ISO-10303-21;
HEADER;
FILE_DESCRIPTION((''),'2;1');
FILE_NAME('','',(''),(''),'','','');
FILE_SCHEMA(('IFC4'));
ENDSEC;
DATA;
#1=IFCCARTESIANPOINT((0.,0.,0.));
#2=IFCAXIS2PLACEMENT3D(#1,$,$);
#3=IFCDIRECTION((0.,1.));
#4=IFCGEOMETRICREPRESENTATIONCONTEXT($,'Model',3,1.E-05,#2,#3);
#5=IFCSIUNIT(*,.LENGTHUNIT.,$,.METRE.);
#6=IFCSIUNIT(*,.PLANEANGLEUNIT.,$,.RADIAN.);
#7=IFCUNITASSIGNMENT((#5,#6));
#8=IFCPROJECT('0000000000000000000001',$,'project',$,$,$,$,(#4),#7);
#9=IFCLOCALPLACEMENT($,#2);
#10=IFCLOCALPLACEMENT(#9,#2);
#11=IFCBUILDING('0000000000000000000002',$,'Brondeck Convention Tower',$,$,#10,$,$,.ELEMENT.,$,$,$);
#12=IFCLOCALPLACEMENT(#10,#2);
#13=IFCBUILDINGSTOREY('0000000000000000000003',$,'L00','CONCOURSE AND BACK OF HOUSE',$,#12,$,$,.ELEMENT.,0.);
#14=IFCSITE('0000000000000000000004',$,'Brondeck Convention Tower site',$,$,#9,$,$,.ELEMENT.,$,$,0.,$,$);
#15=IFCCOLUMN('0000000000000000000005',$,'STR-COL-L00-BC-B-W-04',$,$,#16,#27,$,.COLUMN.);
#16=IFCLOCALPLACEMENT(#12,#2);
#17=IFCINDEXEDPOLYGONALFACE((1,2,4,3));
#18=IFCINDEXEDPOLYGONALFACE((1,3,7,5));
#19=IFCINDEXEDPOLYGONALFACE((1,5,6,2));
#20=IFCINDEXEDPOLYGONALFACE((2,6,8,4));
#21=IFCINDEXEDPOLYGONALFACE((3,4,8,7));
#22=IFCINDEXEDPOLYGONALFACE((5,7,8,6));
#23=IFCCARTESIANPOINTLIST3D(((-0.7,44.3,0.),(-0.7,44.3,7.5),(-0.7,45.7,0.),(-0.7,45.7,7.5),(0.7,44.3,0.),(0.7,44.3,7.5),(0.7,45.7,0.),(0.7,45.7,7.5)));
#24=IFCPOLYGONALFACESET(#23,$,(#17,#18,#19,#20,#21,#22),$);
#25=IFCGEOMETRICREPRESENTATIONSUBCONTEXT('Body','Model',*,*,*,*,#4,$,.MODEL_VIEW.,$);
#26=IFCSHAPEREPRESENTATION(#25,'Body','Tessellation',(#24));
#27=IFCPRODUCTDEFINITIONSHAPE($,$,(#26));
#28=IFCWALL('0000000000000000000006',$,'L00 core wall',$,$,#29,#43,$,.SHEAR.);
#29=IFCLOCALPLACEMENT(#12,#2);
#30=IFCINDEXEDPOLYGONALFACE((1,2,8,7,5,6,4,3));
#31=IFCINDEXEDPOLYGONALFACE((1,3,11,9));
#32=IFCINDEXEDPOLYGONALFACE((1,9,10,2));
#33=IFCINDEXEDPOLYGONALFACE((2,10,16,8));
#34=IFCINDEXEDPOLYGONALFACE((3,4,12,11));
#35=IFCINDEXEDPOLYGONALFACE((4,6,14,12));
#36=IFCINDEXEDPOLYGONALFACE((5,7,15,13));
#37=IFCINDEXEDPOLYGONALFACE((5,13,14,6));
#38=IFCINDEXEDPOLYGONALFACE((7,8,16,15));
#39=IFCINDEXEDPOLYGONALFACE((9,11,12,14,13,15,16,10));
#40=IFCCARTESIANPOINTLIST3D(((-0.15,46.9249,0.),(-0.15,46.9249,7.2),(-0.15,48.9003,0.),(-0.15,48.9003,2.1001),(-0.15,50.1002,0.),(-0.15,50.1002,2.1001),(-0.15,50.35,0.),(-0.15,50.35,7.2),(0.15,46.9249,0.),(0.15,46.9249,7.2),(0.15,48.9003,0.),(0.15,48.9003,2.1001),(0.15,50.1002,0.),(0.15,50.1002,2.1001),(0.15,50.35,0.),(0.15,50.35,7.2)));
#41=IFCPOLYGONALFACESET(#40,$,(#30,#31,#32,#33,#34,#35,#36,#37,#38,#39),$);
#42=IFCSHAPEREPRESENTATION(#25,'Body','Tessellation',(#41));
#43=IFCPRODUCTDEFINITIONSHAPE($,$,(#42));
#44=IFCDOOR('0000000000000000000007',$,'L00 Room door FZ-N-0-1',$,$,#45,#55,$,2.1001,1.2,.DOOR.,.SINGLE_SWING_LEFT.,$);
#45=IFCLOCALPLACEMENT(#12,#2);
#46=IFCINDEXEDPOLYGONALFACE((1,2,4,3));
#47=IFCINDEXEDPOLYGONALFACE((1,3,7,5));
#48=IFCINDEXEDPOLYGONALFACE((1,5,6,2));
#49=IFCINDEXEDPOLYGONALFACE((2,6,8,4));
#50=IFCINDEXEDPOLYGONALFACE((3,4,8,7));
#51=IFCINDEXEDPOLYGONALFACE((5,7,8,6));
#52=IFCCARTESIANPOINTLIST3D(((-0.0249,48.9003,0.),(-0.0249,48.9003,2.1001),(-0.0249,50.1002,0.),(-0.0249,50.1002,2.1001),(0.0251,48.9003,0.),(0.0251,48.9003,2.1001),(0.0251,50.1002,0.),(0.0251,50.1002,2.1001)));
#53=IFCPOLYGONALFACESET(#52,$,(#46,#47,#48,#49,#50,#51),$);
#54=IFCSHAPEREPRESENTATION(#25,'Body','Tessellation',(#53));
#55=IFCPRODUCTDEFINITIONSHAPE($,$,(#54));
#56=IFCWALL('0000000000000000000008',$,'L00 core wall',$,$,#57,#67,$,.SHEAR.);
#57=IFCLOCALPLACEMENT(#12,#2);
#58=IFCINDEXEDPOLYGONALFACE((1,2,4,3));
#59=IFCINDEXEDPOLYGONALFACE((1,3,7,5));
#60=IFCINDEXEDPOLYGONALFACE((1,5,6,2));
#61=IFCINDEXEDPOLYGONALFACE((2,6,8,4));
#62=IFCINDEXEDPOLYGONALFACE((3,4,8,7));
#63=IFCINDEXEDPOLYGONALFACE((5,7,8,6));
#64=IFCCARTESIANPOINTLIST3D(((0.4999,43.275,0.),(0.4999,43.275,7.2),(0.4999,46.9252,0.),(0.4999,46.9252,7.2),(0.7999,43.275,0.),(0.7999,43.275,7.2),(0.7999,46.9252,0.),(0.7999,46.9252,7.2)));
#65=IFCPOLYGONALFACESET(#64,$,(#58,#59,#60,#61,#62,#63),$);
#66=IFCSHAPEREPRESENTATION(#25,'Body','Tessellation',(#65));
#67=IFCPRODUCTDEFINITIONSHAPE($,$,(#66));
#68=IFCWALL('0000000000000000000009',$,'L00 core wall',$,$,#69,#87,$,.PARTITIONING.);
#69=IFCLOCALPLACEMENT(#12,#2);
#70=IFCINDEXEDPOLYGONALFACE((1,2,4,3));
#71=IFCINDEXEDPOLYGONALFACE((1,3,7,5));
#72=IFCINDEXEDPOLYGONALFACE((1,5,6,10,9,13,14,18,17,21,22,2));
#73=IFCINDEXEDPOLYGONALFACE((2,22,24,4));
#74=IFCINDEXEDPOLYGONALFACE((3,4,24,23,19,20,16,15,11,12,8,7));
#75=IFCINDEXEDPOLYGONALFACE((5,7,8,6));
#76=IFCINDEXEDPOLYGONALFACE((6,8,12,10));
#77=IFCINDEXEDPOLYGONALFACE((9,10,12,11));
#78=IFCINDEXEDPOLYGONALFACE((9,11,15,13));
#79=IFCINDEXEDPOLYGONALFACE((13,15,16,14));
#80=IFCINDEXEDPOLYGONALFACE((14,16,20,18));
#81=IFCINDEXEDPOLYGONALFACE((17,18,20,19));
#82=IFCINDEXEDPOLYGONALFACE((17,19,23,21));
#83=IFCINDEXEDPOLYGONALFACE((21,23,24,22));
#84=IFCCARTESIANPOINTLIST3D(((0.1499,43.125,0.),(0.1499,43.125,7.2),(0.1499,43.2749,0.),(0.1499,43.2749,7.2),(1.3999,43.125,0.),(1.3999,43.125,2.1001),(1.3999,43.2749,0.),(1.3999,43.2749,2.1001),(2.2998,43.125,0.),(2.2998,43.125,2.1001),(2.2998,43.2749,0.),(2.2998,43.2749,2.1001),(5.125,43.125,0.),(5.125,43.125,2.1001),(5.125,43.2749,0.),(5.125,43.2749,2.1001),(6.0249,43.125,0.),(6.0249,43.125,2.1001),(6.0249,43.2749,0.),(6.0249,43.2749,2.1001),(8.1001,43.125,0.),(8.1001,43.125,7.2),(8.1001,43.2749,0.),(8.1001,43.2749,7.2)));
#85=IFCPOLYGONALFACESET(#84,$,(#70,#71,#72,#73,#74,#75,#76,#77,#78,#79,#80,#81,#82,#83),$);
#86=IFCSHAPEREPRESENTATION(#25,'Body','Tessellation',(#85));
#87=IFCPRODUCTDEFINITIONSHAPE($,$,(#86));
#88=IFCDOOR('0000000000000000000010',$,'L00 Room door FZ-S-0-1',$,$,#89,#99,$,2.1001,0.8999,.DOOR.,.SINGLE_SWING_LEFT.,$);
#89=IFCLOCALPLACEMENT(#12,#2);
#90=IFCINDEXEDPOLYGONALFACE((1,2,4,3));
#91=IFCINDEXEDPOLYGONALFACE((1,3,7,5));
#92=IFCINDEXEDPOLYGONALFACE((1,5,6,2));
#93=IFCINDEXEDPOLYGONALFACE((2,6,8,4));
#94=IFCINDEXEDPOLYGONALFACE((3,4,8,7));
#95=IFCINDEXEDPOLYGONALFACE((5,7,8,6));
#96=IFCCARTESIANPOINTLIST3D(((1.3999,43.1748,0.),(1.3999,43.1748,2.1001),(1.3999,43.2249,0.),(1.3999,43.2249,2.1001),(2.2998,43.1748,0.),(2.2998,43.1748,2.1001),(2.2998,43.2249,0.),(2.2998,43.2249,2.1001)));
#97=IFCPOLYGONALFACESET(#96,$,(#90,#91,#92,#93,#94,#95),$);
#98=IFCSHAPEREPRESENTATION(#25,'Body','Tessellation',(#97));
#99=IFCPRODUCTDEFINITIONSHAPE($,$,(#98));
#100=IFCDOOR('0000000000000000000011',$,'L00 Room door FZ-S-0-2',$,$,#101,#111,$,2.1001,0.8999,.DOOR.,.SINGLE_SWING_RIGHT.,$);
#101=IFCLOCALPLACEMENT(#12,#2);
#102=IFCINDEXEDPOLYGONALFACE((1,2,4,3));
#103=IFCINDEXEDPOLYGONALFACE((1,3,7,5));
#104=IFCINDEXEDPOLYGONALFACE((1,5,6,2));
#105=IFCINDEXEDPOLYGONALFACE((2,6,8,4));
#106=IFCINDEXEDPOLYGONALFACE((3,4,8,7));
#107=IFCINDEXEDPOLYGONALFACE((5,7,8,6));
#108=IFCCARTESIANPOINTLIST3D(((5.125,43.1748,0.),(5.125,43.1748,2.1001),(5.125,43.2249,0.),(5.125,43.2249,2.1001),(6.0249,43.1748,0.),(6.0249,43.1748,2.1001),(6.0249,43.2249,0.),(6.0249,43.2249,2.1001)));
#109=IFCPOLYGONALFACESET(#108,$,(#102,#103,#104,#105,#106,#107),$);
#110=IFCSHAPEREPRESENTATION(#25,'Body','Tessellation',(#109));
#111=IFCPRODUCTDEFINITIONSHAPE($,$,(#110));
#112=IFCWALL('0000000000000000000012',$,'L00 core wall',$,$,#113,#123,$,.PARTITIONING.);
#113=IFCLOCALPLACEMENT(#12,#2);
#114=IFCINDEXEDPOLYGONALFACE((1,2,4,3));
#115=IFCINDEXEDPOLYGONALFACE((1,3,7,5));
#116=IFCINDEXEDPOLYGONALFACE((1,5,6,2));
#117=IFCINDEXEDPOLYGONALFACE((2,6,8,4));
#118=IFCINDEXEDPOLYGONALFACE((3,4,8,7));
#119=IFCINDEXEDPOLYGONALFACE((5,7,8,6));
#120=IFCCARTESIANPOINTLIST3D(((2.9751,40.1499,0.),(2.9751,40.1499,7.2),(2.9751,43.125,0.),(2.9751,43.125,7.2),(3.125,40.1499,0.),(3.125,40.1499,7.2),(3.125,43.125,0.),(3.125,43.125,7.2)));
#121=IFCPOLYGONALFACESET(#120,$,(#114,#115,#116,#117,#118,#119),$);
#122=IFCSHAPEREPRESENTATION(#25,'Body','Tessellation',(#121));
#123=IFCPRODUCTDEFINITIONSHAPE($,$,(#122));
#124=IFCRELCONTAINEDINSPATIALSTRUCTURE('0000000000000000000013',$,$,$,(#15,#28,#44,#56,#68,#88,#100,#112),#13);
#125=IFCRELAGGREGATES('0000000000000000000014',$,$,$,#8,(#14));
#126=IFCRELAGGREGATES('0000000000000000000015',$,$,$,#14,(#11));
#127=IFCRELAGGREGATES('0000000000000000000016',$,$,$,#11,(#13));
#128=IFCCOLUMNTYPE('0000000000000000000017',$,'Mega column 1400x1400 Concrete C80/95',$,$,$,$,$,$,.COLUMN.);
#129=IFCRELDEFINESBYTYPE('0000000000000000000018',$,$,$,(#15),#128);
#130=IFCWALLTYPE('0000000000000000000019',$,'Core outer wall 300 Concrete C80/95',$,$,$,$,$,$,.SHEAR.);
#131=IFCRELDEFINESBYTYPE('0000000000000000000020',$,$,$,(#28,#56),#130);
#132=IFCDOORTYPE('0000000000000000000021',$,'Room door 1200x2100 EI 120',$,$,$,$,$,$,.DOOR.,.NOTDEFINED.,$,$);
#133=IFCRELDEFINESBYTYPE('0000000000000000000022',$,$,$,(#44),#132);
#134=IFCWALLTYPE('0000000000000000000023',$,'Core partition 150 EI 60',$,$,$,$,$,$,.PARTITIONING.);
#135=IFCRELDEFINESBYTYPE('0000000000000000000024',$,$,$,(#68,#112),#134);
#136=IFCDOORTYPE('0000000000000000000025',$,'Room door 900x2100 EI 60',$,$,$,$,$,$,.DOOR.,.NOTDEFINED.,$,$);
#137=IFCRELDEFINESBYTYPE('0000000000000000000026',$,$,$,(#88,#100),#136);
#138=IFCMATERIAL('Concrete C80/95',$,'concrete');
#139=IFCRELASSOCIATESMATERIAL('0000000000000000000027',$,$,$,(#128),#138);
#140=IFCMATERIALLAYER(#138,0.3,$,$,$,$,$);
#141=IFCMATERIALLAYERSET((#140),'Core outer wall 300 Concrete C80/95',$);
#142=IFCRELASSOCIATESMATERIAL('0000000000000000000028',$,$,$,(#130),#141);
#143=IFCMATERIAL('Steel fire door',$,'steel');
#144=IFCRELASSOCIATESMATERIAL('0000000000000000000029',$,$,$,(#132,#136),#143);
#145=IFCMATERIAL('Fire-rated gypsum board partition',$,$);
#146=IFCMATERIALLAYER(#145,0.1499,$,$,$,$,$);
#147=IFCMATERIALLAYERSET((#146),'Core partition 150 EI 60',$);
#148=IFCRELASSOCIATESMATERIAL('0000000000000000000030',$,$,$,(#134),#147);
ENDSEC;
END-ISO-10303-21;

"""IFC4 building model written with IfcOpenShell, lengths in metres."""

from ifc_helpers import new_model, si_unit, direction, frame, frame_2d, origin, origin_2d, place, context, subcontext, project, spatial, rectangle, extrude, material, layer, layer_set, material_profile, profile_set, type_object, element, fill, save


model = new_model("IFC4")

# Units and contexts
model_context = context("Model", 3, precision=1e-05, world=origin(), true_north=direction((0.0, 1.0)))
body_context = subcontext(model_context, "Body", "Model", "MODEL_VIEW")
ifc_project = project(units=[si_unit("LENGTHUNIT", "METRE"), si_unit("PLANEANGLEUNIT", "RADIAN")], contexts=[model_context])

# Site, building, storey
site_placement = place(None, origin())
site = spatial("IfcSite", under=ifc_project, at=site_placement, Name="Brondeck Convention Tower site", CompositionType="ELEMENT", RefElevation=0.0)
building_placement = place(site_placement, origin())
building = spatial("IfcBuilding", under=site, at=building_placement, Name="Brondeck Convention Tower", CompositionType="ELEMENT")
storey_placement = place(building_placement, origin())
storey = spatial("IfcBuildingStorey", under=building, at=storey_placement, Name="L00", Description="CONCOURSE AND BACK OF HOUSE", CompositionType="ELEMENT", Elevation=0.0)

# Column
ifc_material_1 = material(Name="Concrete C80/95", Category="concrete")
ifc_material_profile = material_profile(ifc_material_1, rectangle(XDim=1.3999, YDim=1.3999, at=origin_2d()), Name="Mega column 1400x1400 Concrete C80/95")
ifc_profile_set = profile_set([ifc_material_profile], Name="Concrete C80/95")
column_type = type_object("IfcColumnType", Name="Mega column 1400x1400 Concrete C80/95", PredefinedType="COLUMN", material=ifc_profile_set)
column_placement = place(storey_placement, frame((0.0, 45.0, 0.0), z_axis=(0.0, 0.0, 1.0), x_axis=(1.0, 0.0, 0.0)))
element("IfcColumn", 1, at=column_placement, inside=storey, type_object=column_type, Name="STR-COL-L00-BC-B-W-04", PredefinedType="COLUMN", context=body_context, shape_type="SweptSolid", body=[
    extrude(rectangle(XDim=1.3999, YDim=1.3999, at=origin_2d()), origin(), (0.0, 0.0, 1.0), 7.5),
])

# Wall, opening, door
ifc_layer_1 = layer(ifc_material_1, 0.3)
ifc_layer_set_1 = layer_set([ifc_layer_1], Name="Core outer wall 300 Concrete C80/95")
wall_type_1 = type_object("IfcWallType", Name="Core outer wall 300 Concrete C80/95", PredefinedType="SHEAR", material=ifc_layer_set_1)
wall_1_placement = place(storey_placement, frame((0.0, 46.925, 0.0), z_axis=(0.0, 0.0, 1.0), x_axis=(0.0, 1.0, 0.0)))
wall_1 = element("IfcWall", 2, at=wall_1_placement, inside=storey, type_object=wall_type_1, Name="L00 core wall", PredefinedType="SHEAR", context=body_context, shape_type="SweptSolid", body=[
    extrude(rectangle(XDim=3.425, YDim=0.3, at=frame_2d((1.7124, 0.0))), origin(), (0.0, 0.0, 1.0), 7.2),
])
opening_1_placement = place(wall_1_placement, frame((1.9751, 0.0, 0.0)))
opening_1 = element("IfcOpeningElement", 3, at=opening_1_placement, cuts=wall_1, PredefinedType="OPENING", context=body_context, shape_type="SweptSolid", body=[
    extrude(rectangle(XDim=1.2, YDim=2.1001, at=frame_2d((0.6001, 1.05))), frame((0.0, 0.1599, 0.0), z_axis=(0.0, -1.0, 0.0), x_axis=(1.0, 0.0, 0.0)), (0.0, 0.0, 1.0), 0.3201),
])
ifc_material_2 = material(Name="Steel fire door", Category="steel")
door_type_1 = type_object("IfcDoorType", Name="Room door 1200x2100 EI 120", OperationType="NOTDEFINED", PredefinedType="DOOR", material=ifc_material_2)
door_1_placement = place(opening_1_placement, origin())
door_1 = element("IfcDoor", 4, at=door_1_placement, inside=storey, type_object=door_type_1, Name="L00 Room door FZ-N-0-1", OperationType="SINGLE_SWING_LEFT", OverallHeight=2.1001, OverallWidth=1.2, PredefinedType="DOOR", context=body_context, shape_type="SweptSolid", body=[
    extrude(rectangle(XDim=1.2, YDim=2.1001, at=frame_2d((0.6001, 1.05))), frame((0.0, 0.0249, 0.0), z_axis=(0.0, -1.0, 0.0), x_axis=(1.0, 0.0, 0.0)), (0.0, 0.0, 1.0), 0.05),
])
fill(opening_1, door_1)

# Wall
wall_2_placement = place(storey_placement, frame((0.6499, 43.2749, 0.0), z_axis=(0.0, 0.0, 1.0), x_axis=(0.0, 1.0, 0.0)))
element("IfcWall", 5, at=wall_2_placement, inside=storey, type_object=wall_type_1, Name="L00 core wall", PredefinedType="SHEAR", context=body_context, shape_type="SweptSolid", body=[
    extrude(rectangle(XDim=3.6501, YDim=0.3, at=frame_2d((1.8252, 0.0))), origin(), (0.0, 0.0, 1.0), 7.2),
])

# Wall, openings, doors
ifc_material_3 = material(Name="Fire-rated gypsum board partition")
ifc_layer_2 = layer(ifc_material_3, 0.1499)
ifc_layer_set_2 = layer_set([ifc_layer_2], Name="Core partition 150 EI 60")
wall_type_2 = type_object("IfcWallType", Name="Core partition 150 EI 60", PredefinedType="PARTITIONING", material=ifc_layer_set_2)
wall_3_placement = place(storey_placement, frame((0.1499, 43.2, 0.0), z_axis=(0.0, 0.0, 1.0), x_axis=(1.0, 0.0, 0.0)))
wall_3 = element("IfcWall", 6, at=wall_3_placement, inside=storey, type_object=wall_type_2, Name="L00 core wall", PredefinedType="PARTITIONING", context=body_context, shape_type="SweptSolid", body=[
    extrude(rectangle(XDim=7.9502, YDim=0.1499, at=frame_2d((3.9751, 0.0))), origin(), (0.0, 0.0, 1.0), 7.2),
])
opening_2_placement = place(wall_3_placement, frame((1.25, 0.0, 0.0)))
opening_2 = element("IfcOpeningElement", 7, at=opening_2_placement, cuts=wall_3, PredefinedType="OPENING", context=body_context, shape_type="SweptSolid", body=[
    extrude(rectangle(XDim=0.8999, YDim=2.1001, at=frame_2d((0.45, 1.05))), frame((0.0, 0.085, 0.0), z_axis=(0.0, -1.0, 0.0), x_axis=(1.0, 0.0, 0.0)), (0.0, 0.0, 1.0), 0.1699),
])
opening_3_placement = place(wall_3_placement, frame((4.9751, 0.0, 0.0)))
opening_3 = element("IfcOpeningElement", 8, at=opening_3_placement, cuts=wall_3, PredefinedType="OPENING", context=body_context, shape_type="SweptSolid", body=[
    extrude(rectangle(XDim=0.8999, YDim=2.1001, at=frame_2d((0.45, 1.05))), frame((0.0, 0.085, 0.0), z_axis=(0.0, -1.0, 0.0), x_axis=(1.0, 0.0, 0.0)), (0.0, 0.0, 1.0), 0.1699),
])
door_type_2 = type_object("IfcDoorType", Name="Room door 900x2100 EI 60", OperationType="NOTDEFINED", PredefinedType="DOOR", material=ifc_material_2)
door_2_placement = place(opening_2_placement, origin())
door_2 = element("IfcDoor", 9, at=door_2_placement, inside=storey, type_object=door_type_2, Name="L00 Room door FZ-S-0-1", OperationType="SINGLE_SWING_LEFT", OverallHeight=2.1001, OverallWidth=0.8999, PredefinedType="DOOR", context=body_context, shape_type="SweptSolid", body=[
    extrude(rectangle(XDim=0.8999, YDim=2.1001, at=frame_2d((0.45, 1.05))), frame((0.0, 0.0249, 0.0), z_axis=(0.0, -1.0, 0.0), x_axis=(1.0, 0.0, 0.0)), (0.0, 0.0, 1.0), 0.05),
])
fill(opening_2, door_2)
door_3_placement = place(opening_3_placement, origin())
door_3 = element("IfcDoor", 10, at=door_3_placement, inside=storey, type_object=door_type_2, Name="L00 Room door FZ-S-0-2", OperationType="SINGLE_SWING_RIGHT", OverallHeight=2.1001, OverallWidth=0.8999, PredefinedType="DOOR", context=body_context, shape_type="SweptSolid", body=[
    extrude(rectangle(XDim=0.8999, YDim=2.1001, at=frame_2d((0.45, 1.05))), frame((0.0, 0.0249, 0.0), z_axis=(0.0, -1.0, 0.0), x_axis=(1.0, 0.0, 0.0)), (0.0, 0.0, 1.0), 0.05),
])
fill(opening_3, door_3)

# Wall
wall_4_placement = place(storey_placement, frame((3.05, 40.1499, 0.0), z_axis=(0.0, 0.0, 1.0), x_axis=(0.0, 1.0, 0.0)))
element("IfcWall", 11, at=wall_4_placement, inside=storey, type_object=wall_type_2, Name="L00 core wall", PredefinedType="PARTITIONING", context=body_context, shape_type="SweptSolid", body=[
    extrude(rectangle(XDim=2.9751, YDim=0.1499, at=frame_2d((1.4875, 0.0))), origin(), (0.0, 0.0, 1.0), 7.2),
])

save(model, "model.ifc")
